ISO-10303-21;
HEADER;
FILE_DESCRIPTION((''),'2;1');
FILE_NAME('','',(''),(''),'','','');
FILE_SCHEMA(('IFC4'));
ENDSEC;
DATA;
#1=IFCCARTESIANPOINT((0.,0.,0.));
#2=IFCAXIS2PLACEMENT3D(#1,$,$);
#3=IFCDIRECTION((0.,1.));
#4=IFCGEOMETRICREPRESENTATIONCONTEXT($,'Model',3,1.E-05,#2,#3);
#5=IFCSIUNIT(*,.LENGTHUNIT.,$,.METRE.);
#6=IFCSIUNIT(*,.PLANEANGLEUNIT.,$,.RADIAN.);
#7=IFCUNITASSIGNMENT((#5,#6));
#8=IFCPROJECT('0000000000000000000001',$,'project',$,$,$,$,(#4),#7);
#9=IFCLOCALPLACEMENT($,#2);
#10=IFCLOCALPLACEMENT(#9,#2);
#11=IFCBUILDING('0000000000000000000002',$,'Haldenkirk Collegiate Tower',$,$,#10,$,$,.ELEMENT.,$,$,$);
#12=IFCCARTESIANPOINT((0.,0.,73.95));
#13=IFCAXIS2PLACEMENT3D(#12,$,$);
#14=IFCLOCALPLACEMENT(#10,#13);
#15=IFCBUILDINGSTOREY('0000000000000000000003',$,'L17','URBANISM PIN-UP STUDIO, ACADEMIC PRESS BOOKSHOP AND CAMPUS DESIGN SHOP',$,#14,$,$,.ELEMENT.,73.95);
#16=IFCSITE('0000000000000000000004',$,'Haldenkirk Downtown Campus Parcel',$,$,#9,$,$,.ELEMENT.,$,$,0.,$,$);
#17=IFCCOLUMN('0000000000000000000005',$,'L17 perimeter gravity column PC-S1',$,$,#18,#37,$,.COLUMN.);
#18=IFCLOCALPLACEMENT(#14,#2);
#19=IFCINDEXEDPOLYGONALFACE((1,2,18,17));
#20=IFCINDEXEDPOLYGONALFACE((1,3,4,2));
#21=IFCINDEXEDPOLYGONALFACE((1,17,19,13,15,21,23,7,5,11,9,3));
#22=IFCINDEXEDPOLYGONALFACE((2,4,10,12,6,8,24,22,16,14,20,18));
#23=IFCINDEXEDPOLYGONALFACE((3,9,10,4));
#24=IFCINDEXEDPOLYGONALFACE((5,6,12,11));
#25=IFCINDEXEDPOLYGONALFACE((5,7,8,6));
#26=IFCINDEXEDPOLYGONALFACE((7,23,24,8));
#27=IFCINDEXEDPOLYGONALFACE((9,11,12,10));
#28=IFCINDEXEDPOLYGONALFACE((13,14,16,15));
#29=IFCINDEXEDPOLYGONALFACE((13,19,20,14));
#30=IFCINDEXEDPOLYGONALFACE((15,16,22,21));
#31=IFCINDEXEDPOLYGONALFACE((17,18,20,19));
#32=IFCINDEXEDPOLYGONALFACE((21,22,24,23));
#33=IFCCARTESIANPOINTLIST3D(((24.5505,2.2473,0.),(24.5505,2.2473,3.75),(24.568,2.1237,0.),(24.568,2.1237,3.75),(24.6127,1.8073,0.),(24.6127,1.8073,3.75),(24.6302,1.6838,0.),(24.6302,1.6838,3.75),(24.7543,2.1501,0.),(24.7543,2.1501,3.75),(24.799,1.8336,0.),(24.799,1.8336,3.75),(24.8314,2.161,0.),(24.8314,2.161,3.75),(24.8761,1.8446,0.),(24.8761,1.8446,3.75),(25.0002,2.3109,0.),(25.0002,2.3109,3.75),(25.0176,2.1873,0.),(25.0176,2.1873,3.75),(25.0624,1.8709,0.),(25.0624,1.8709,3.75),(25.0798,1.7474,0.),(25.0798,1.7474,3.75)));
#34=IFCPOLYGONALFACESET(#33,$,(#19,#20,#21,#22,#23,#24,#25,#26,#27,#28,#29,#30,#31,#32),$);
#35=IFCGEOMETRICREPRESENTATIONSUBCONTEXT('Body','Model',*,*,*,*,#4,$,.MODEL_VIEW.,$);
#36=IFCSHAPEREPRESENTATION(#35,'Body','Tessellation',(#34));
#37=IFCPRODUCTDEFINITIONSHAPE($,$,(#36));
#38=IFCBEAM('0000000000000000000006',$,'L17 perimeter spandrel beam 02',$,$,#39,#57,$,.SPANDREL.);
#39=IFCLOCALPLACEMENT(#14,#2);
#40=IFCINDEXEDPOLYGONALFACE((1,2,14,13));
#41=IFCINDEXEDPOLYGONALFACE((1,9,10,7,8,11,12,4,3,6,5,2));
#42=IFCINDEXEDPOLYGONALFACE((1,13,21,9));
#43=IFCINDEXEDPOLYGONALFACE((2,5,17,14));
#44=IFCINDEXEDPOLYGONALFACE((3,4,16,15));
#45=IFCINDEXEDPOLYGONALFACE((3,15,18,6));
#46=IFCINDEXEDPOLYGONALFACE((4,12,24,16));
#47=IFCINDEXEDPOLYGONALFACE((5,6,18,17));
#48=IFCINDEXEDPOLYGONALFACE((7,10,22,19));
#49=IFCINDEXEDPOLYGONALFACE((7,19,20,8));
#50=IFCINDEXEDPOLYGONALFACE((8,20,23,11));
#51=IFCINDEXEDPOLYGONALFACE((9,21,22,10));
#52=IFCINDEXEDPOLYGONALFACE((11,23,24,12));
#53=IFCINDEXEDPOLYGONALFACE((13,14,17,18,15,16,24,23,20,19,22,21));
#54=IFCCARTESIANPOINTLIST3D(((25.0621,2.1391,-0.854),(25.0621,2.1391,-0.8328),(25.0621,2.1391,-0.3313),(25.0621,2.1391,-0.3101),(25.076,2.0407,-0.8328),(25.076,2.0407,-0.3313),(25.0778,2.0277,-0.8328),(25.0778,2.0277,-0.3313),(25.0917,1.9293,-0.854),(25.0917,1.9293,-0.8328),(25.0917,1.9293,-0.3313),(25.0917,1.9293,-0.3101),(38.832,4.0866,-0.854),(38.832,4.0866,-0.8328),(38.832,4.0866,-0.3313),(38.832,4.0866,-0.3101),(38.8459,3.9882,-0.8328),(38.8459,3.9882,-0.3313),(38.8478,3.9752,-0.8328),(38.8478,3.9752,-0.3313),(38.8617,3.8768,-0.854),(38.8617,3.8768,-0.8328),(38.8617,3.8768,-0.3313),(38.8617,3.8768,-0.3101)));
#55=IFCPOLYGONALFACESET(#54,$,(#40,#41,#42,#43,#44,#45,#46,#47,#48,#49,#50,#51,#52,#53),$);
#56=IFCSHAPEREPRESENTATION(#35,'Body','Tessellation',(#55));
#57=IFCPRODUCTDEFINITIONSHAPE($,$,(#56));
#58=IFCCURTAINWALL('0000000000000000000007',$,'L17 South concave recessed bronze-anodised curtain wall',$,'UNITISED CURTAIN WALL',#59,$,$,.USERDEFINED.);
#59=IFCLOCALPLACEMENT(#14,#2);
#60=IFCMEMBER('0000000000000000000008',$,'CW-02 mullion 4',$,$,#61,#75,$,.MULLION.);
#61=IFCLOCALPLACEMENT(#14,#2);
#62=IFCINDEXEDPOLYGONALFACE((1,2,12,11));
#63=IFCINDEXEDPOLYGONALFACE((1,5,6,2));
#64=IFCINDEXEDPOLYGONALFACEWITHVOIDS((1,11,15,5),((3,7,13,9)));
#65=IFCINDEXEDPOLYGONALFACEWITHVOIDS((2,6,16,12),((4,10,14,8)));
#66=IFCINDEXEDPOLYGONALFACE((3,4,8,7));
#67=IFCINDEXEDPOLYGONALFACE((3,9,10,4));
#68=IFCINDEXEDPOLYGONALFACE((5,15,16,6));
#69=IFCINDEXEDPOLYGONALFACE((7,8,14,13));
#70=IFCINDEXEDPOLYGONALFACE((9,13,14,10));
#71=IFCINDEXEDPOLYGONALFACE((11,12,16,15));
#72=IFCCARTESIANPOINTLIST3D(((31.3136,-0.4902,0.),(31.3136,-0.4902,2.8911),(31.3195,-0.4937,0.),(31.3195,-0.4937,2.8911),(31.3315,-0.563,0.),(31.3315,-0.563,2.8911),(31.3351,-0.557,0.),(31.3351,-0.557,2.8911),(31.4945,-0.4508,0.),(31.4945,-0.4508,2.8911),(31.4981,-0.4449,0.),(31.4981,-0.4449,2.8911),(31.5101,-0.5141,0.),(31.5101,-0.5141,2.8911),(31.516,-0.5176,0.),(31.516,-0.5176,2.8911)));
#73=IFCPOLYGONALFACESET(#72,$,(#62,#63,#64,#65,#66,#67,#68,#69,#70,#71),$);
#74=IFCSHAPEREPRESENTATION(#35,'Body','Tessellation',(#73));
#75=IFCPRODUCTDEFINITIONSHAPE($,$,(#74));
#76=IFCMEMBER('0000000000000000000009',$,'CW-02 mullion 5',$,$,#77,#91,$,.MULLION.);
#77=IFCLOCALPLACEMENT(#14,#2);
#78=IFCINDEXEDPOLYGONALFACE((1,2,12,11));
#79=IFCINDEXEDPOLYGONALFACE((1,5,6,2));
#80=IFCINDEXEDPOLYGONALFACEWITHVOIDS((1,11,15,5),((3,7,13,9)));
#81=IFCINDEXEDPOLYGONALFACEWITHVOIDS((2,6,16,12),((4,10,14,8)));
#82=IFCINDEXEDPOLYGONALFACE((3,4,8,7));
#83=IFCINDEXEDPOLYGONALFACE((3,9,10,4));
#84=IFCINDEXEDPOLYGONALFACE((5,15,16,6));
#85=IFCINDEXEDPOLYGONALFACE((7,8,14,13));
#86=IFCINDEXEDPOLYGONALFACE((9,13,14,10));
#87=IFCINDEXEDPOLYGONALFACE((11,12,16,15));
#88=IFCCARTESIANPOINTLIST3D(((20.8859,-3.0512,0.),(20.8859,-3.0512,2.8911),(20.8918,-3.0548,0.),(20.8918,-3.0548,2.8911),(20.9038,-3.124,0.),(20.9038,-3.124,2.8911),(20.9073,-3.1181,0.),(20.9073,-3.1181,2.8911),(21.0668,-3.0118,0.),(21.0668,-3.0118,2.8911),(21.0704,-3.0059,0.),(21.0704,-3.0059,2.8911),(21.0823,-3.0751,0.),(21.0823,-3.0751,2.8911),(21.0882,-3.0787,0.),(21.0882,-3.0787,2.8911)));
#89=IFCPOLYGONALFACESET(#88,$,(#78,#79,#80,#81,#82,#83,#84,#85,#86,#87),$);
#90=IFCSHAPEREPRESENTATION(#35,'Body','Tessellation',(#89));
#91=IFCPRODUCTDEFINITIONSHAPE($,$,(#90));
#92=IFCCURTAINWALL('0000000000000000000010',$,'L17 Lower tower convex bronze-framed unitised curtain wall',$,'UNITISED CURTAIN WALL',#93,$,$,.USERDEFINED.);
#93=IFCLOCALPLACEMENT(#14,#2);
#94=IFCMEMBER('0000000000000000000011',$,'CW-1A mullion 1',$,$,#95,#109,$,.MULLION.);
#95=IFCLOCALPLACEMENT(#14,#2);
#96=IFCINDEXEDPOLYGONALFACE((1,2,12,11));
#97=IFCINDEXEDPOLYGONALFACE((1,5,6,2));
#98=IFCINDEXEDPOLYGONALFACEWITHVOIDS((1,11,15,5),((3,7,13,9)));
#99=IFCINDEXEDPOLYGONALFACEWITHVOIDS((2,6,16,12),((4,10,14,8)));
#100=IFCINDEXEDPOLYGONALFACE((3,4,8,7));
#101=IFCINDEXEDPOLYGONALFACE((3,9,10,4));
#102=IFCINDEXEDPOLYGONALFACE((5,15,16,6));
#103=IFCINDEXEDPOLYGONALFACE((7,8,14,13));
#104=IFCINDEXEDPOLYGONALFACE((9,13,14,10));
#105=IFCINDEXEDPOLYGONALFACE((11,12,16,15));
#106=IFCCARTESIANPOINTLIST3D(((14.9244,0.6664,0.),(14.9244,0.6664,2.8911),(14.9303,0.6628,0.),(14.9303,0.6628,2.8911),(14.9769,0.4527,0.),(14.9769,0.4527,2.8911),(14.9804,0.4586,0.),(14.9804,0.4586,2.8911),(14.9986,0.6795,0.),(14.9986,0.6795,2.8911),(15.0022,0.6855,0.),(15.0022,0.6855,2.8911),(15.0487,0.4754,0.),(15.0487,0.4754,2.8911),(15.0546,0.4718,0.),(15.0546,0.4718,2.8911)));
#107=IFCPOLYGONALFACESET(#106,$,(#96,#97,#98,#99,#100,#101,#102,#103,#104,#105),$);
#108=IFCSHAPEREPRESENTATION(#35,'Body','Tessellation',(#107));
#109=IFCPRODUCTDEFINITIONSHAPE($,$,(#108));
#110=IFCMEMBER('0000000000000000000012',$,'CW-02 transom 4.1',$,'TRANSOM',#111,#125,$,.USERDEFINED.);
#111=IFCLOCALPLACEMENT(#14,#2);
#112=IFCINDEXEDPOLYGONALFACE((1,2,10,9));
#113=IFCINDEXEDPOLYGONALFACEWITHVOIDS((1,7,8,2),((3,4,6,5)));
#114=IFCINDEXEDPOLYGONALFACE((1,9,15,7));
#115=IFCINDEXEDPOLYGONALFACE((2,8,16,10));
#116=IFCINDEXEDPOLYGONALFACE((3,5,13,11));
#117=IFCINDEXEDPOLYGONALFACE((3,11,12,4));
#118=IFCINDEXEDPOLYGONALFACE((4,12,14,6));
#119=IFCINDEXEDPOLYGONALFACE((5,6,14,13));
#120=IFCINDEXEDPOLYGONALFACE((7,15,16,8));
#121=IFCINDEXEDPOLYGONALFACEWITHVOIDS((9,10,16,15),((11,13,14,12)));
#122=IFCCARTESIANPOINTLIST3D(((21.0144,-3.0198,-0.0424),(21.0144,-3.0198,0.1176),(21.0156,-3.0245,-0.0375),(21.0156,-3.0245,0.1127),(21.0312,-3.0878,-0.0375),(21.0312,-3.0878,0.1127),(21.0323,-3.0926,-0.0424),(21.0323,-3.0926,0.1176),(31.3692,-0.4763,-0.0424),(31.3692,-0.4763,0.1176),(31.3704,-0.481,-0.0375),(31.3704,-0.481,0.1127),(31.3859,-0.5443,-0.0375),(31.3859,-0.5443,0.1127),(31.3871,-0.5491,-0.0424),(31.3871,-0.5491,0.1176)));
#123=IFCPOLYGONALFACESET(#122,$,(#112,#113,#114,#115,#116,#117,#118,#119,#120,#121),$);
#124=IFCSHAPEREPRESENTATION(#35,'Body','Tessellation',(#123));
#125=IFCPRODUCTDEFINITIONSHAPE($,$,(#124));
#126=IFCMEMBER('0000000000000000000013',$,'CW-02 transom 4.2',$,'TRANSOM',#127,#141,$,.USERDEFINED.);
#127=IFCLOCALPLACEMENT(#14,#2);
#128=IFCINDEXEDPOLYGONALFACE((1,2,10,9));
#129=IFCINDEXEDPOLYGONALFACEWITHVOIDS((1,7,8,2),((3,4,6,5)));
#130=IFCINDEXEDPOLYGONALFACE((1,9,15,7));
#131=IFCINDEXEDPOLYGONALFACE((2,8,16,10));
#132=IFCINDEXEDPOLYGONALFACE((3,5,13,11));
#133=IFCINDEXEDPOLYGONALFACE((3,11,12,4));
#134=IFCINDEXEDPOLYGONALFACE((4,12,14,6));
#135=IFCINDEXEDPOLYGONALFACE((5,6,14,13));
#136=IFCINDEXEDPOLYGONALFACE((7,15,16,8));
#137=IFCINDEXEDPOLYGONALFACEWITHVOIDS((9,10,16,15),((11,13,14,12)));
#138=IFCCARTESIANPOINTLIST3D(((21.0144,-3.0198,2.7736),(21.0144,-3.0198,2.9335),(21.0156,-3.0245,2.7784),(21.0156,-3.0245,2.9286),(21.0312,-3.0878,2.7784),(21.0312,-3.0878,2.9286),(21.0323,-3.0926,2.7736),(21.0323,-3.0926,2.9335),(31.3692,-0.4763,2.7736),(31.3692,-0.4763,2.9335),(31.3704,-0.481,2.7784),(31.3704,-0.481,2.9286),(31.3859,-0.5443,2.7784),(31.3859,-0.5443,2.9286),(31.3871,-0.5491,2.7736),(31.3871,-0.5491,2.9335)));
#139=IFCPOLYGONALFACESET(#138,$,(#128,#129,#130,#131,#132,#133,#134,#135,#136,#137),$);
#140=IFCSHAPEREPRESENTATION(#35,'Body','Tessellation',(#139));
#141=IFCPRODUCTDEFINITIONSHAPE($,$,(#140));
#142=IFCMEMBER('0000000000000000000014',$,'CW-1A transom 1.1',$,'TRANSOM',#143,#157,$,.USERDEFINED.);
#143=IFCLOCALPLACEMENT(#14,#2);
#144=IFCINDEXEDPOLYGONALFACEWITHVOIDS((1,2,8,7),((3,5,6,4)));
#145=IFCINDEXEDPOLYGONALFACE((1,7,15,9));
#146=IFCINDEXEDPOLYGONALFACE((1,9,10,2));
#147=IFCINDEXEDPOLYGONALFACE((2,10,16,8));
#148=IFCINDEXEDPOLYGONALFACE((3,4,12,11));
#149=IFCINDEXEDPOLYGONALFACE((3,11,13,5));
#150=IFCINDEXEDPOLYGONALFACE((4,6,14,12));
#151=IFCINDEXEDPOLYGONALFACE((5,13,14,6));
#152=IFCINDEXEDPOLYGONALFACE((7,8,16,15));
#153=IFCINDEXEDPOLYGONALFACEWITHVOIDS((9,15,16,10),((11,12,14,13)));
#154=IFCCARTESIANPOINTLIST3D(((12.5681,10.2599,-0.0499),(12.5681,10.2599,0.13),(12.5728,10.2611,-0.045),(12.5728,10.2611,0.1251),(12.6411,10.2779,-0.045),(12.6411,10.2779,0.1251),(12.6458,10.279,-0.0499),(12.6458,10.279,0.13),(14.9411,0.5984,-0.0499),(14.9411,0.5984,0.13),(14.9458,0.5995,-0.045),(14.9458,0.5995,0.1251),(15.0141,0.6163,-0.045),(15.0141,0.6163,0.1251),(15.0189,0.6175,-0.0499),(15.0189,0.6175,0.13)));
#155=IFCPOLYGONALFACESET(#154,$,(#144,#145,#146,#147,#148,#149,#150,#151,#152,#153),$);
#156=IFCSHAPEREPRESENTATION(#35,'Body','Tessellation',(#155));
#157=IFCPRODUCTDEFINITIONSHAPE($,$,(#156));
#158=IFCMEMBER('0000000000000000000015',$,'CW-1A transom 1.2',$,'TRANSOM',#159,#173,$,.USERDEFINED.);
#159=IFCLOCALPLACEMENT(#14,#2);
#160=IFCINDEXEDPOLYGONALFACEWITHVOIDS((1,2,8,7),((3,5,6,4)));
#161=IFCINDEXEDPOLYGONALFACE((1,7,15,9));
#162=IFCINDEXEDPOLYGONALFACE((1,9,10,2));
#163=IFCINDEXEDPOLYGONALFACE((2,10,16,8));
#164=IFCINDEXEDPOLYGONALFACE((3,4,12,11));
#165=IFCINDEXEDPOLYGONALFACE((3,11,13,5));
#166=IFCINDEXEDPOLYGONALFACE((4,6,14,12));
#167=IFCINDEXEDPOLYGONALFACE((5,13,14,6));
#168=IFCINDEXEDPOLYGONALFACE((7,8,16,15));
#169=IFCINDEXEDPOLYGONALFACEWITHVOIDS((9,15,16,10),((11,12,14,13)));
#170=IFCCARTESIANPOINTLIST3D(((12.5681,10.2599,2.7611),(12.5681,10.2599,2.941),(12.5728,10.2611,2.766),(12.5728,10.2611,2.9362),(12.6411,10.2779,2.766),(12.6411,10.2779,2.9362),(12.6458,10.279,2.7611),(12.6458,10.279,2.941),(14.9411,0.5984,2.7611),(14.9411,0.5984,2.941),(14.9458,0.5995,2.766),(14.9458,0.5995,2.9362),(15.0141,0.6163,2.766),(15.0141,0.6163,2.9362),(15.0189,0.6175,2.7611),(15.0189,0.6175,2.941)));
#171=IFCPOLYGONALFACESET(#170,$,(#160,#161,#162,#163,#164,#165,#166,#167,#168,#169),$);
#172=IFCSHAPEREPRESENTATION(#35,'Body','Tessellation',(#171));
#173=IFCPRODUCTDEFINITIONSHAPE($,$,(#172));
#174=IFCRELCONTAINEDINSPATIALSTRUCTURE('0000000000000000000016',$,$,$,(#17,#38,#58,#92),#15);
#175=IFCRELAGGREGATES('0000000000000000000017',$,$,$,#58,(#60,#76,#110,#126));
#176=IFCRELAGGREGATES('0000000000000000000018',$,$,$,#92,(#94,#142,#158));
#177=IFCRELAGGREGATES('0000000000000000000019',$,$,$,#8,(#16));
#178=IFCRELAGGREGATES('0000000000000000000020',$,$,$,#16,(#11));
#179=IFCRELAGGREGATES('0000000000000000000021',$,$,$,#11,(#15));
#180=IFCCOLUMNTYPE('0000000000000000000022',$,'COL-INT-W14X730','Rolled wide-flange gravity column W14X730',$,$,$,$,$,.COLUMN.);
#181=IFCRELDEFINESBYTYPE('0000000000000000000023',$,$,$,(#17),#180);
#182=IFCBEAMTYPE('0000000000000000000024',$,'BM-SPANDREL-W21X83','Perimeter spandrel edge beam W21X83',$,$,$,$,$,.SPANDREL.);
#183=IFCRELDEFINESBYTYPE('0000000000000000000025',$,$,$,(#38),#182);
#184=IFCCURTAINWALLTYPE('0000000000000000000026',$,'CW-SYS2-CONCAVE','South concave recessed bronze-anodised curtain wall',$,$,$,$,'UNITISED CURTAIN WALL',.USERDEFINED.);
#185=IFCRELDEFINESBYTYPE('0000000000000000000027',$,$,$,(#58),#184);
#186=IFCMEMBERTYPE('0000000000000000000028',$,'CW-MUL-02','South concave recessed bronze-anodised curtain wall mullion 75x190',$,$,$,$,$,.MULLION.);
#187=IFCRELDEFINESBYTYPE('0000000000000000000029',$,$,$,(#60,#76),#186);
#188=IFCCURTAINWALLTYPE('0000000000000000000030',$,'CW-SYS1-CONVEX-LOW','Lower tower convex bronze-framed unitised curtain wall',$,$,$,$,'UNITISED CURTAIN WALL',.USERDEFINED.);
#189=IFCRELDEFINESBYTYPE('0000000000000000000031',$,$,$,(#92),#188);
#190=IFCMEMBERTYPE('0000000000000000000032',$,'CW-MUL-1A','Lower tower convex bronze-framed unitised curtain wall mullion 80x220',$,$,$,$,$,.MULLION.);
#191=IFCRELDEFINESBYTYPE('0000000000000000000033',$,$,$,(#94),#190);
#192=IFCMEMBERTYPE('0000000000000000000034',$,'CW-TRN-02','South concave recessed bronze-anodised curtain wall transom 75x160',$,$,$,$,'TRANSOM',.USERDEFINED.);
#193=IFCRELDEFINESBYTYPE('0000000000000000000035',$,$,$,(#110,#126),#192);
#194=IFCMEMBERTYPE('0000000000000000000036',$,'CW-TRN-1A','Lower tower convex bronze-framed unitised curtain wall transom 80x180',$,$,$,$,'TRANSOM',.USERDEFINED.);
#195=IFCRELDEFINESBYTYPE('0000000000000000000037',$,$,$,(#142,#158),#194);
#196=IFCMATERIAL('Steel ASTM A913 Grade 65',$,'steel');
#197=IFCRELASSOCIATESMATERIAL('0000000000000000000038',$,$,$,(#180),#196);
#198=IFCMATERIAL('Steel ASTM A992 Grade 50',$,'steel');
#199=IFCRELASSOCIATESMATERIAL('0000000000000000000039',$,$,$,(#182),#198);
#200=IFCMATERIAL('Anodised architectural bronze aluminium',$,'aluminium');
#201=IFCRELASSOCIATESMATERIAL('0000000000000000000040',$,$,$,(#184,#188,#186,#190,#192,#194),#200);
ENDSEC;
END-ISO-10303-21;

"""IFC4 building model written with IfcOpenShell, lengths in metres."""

from ifc_helpers import new_model, si_unit, direction, frame, origin, origin_2d, place, context, subcontext, project, spatial, hollow_rectangle, i_section, extrude, material, material_profile, profile_set, type_object, element, aggregate, save


model = new_model("IFC4")

# Units and contexts
model_context = context("Model", 3, precision=1e-05, world=origin(), true_north=direction((0.0, 1.0)))
body_context = subcontext(model_context, "Body", "Model", "MODEL_VIEW")
ifc_project = project(units=[si_unit("LENGTHUNIT", "METRE"), si_unit("PLANEANGLEUNIT", "RADIAN")], contexts=[model_context])

# Site, building, storey
site_placement = place(None, origin())
site = spatial("IfcSite", under=ifc_project, at=site_placement, Name="Haldenkirk Downtown Campus Parcel", CompositionType="ELEMENT", RefElevation=0.0)
building_placement = place(site_placement, origin())
building = spatial("IfcBuilding", under=site, at=building_placement, Name="Haldenkirk Collegiate Tower", CompositionType="ELEMENT")
storey_placement = place(building_placement, frame((0.0, 0.0, 73.95)))
storey = spatial("IfcBuildingStorey", under=building, at=storey_placement, Name="L17", Description="URBANISM PIN-UP STUDIO, ACADEMIC PRESS BOOKSHOP AND CAMPUS DESIGN SHOP", CompositionType="ELEMENT", Elevation=73.95)

# Column
ifc_material_1 = material(Name="Steel ASTM A913 Grade 65", Category="steel")
ifc_material_profile_1 = material_profile(ifc_material_1, i_section(OverallWidth=0.4541, OverallDepth=0.5691, WebThickness=0.0779, FlangeThickness=0.1248, at=origin_2d()), Name="W14X730")
ifc_profile_set_1 = profile_set([ifc_material_profile_1], Name="Steel ASTM A913 Grade 65")
column_type = type_object("IfcColumnType", Name="COL-INT-W14X730", Description="Rolled wide-flange gravity column W14X730", PredefinedType="COLUMN", material=ifc_profile_set_1)
column_placement = place(storey_placement, frame((24.8152, 1.9973, 0.0), z_axis=(0.0, 0.0, 1.0), x_axis=(0.990146, 0.140037, 0.0)))
element("IfcColumn", 1, at=column_placement, inside=storey, type_object=column_type, Name="L17 perimeter gravity column PC-S1", PredefinedType="COLUMN", context=body_context, shape_type="SweptSolid", body=[
    extrude(i_section(OverallWidth=0.4541, OverallDepth=0.5691, WebThickness=0.0779, FlangeThickness=0.1248, at=origin_2d()), origin(), (0.0, 0.0, 1.0), 3.75),
])

# Beam
ifc_material_2 = material(Name="Steel ASTM A992 Grade 50", Category="steel")
ifc_material_profile_2 = material_profile(ifc_material_2, i_section(OverallWidth=0.2119, OverallDepth=0.5439, WebThickness=0.0132, FlangeThickness=0.0212, at=origin_2d()), Name="W21X83")
ifc_profile_set_2 = profile_set([ifc_material_profile_2], Name="Steel ASTM A992 Grade 50")
beam_type = type_object("IfcBeamType", Name="BM-SPANDREL-W21X83", Description="Perimeter spandrel edge beam W21X83", PredefinedType="SPANDREL", material=ifc_profile_set_2)
beam_placement = place(storey_placement, frame((25.0769, 2.0342, -0.582), z_axis=(0.990146, 0.140038, 0.0), x_axis=(-0.140038, 0.990146, 0.0)))
element("IfcBeam", 2, at=beam_placement, inside=storey, type_object=beam_type, Name="L17 perimeter spandrel beam 02", PredefinedType="SPANDREL", context=body_context, shape_type="SweptSolid", body=[
    extrude(i_section(OverallWidth=0.2119, OverallDepth=0.5439, WebThickness=0.0132, FlangeThickness=0.0212, at=origin_2d()), origin(), (0.0, 0.0, 1.0), 13.907),
])

# Curtain wall, members
ifc_material_3 = material(Name="Anodised architectural bronze aluminium", Category="aluminium")
curtain_wall_type_1 = type_object("IfcCurtainWallType", Name="CW-SYS2-CONCAVE", Description="South concave recessed bronze-anodised curtain wall", ElementType="UNITISED CURTAIN WALL", PredefinedType="USERDEFINED", material=ifc_material_3)
curtain_wall_1_placement = place(storey_placement, origin())
curtain_wall_1 = element("IfcCurtainWall", 3, at=curtain_wall_1_placement, inside=storey, type_object=curtain_wall_type_1, Name="L17 South concave recessed bronze-anodised curtain wall", ObjectType="UNITISED CURTAIN WALL", PredefinedType="USERDEFINED")
ifc_material_profile_3 = material_profile(ifc_material_3, hollow_rectangle(XDim=0.075, YDim=0.1899, WallThickness=0.0049, at=origin_2d()), Name="CW-MUL-02")
ifc_profile_set_3 = profile_set([ifc_material_profile_3], Name="Anodised architectural bronze aluminium")
member_type_1 = type_object("IfcMemberType", Name="CW-MUL-02", Description="South concave recessed bronze-anodised curtain wall mullion 75x190", PredefinedType="MULLION", material=ifc_profile_set_3)
member_1_placement = place(storey_placement, frame((31.4148, -0.5039, 0.0), z_axis=(0.0, 0.0, 1.0), x_axis=(0.238533, -0.971134, 0.0)))
member_1 = element("IfcMember", 4, at=member_1_placement, type_object=member_type_1, Name="CW-02 mullion 4", PredefinedType="MULLION", context=body_context, shape_type="SweptSolid", body=[
    extrude(hollow_rectangle(XDim=0.075, YDim=0.1899, WallThickness=0.0049, at=origin_2d()), origin(), (0.0, 0.0, 1.0), 2.8911),
])
member_2_placement = place(storey_placement, frame((20.9871, -3.0649, 0.0), z_axis=(0.0, 0.0, 1.0), x_axis=(0.238533, -0.971134, 0.0)))
member_2 = element("IfcMember", 5, at=member_2_placement, type_object=member_type_1, Name="CW-02 mullion 5", PredefinedType="MULLION", context=body_context, shape_type="SweptSolid", body=[
    extrude(hollow_rectangle(XDim=0.075, YDim=0.1899, WallThickness=0.0049, at=origin_2d()), origin(), (0.0, 0.0, 1.0), 2.8911),
])

# Curtain wall, member
curtain_wall_type_2 = type_object("IfcCurtainWallType", Name="CW-SYS1-CONVEX-LOW", Description="Lower tower convex bronze-framed unitised curtain wall", ElementType="UNITISED CURTAIN WALL", PredefinedType="USERDEFINED", material=ifc_material_3)
curtain_wall_2_placement = place(storey_placement, origin())
curtain_wall_2 = element("IfcCurtainWall", 6, at=curtain_wall_2_placement, inside=storey, type_object=curtain_wall_type_2, Name="L17 Lower tower convex bronze-framed unitised curtain wall", ObjectType="UNITISED CURTAIN WALL", PredefinedType="USERDEFINED")
ifc_material_profile_4 = material_profile(ifc_material_3, hollow_rectangle(XDim=0.0801, YDim=0.22, WallThickness=0.0049, at=origin_2d()), Name="CW-MUL-1A")
ifc_profile_set_4 = profile_set([ifc_material_profile_4], Name="Anodised architectural bronze aluminium")
member_type_2 = type_object("IfcMemberType", Name="CW-MUL-1A", Description="Lower tower convex bronze-framed unitised curtain wall mullion 80x220", PredefinedType="MULLION", material=ifc_profile_set_4)
member_3_placement = place(storey_placement, frame((14.9895, 0.5691, 0.0), z_axis=(0.0, 0.0, 1.0), x_axis=(-0.971135, -0.238532, 0.0)))
member_3 = element("IfcMember", 7, at=member_3_placement, type_object=member_type_2, Name="CW-1A mullion 1", PredefinedType="MULLION", context=body_context, shape_type="SweptSolid", body=[
    extrude(hollow_rectangle(XDim=0.0801, YDim=0.22, WallThickness=0.0049, at=origin_2d()), origin(), (0.0, 0.0, 1.0), 2.8911),
])

# Members
ifc_material_profile_5 = material_profile(ifc_material_3, hollow_rectangle(XDim=0.075, YDim=0.1599, WallThickness=0.0049, at=origin_2d()), Name="CW-TRN-02")
ifc_profile_set_5 = profile_set([ifc_material_profile_5], Name="Anodised architectural bronze aluminium")
member_type_3 = type_object("IfcMemberType", Name="CW-TRN-02", Description="South concave recessed bronze-anodised curtain wall transom 75x160", ElementType="TRANSOM", PredefinedType="USERDEFINED", material=ifc_profile_set_5)
member_4_placement = place(storey_placement, frame((31.3782, -0.5127, 0.0376), z_axis=(-0.971132, -0.238541, 0.0), x_axis=(0.238541, -0.971132, 0.0)))
member_4 = element("IfcMember", 8, at=member_4_placement, type_object=member_type_3, Name="CW-02 transom 4.1", ObjectType="TRANSOM", PredefinedType="USERDEFINED", context=body_context, shape_type="SweptSolid", body=[
    extrude(hollow_rectangle(XDim=0.075, YDim=0.1599, WallThickness=0.0049, at=origin_2d()), origin(), (0.0, 0.0, 1.0), 10.6626),
])
member_5_placement = place(storey_placement, frame((31.3782, -0.5127, 2.8535), z_axis=(-0.971132, -0.238541, 0.0), x_axis=(0.238541, -0.971132, 0.0)))
member_5 = element("IfcMember", 9, at=member_5_placement, type_object=member_type_3, Name="CW-02 transom 4.2", ObjectType="TRANSOM", PredefinedType="USERDEFINED", context=body_context, shape_type="SweptSolid", body=[
    extrude(hollow_rectangle(XDim=0.075, YDim=0.1599, WallThickness=0.0049, at=origin_2d()), origin(), (0.0, 0.0, 1.0), 10.6626),
])
ifc_material_profile_6 = material_profile(ifc_material_3, hollow_rectangle(XDim=0.0801, YDim=0.1799, WallThickness=0.0049, at=origin_2d()), Name="CW-TRN-1A")
ifc_profile_set_6 = profile_set([ifc_material_profile_6], Name="Anodised architectural bronze aluminium")
member_type_4 = type_object("IfcMemberType", Name="CW-TRN-1A", Description="Lower tower convex bronze-framed unitised curtain wall transom 80x180", ElementType="TRANSOM", PredefinedType="USERDEFINED", material=ifc_profile_set_6)
member_6_placement = place(storey_placement, frame((14.98, 0.6079, 0.04), z_axis=(-0.238526, 0.971136, 0.0), x_axis=(-0.971136, -0.238526, 0.0)))
member_6 = element("IfcMember", 10, at=member_6_placement, type_object=member_type_4, Name="CW-1A transom 1.1", ObjectType="TRANSOM", PredefinedType="USERDEFINED", context=body_context, shape_type="SweptSolid", body=[
    extrude(hollow_rectangle(XDim=0.0801, YDim=0.1799, WallThickness=0.0049, at=origin_2d()), origin(), (0.0, 0.0, 1.0), 9.9487),
])
member_7_placement = place(storey_placement, frame((14.98, 0.6079, 2.8511), z_axis=(-0.238526, 0.971136, 0.0), x_axis=(-0.971136, -0.238526, 0.0)))
member_7 = element("IfcMember", 11, at=member_7_placement, type_object=member_type_4, Name="CW-1A transom 1.2", ObjectType="TRANSOM", PredefinedType="USERDEFINED", context=body_context, shape_type="SweptSolid", body=[
    extrude(hollow_rectangle(XDim=0.0801, YDim=0.1799, WallThickness=0.0049, at=origin_2d()), origin(), (0.0, 0.0, 1.0), 9.9487),
])

aggregate(curtain_wall_1, [member_1, member_2, member_4, member_5])
aggregate(curtain_wall_2, [member_3, member_6, member_7])

save(model, "model.ifc")
